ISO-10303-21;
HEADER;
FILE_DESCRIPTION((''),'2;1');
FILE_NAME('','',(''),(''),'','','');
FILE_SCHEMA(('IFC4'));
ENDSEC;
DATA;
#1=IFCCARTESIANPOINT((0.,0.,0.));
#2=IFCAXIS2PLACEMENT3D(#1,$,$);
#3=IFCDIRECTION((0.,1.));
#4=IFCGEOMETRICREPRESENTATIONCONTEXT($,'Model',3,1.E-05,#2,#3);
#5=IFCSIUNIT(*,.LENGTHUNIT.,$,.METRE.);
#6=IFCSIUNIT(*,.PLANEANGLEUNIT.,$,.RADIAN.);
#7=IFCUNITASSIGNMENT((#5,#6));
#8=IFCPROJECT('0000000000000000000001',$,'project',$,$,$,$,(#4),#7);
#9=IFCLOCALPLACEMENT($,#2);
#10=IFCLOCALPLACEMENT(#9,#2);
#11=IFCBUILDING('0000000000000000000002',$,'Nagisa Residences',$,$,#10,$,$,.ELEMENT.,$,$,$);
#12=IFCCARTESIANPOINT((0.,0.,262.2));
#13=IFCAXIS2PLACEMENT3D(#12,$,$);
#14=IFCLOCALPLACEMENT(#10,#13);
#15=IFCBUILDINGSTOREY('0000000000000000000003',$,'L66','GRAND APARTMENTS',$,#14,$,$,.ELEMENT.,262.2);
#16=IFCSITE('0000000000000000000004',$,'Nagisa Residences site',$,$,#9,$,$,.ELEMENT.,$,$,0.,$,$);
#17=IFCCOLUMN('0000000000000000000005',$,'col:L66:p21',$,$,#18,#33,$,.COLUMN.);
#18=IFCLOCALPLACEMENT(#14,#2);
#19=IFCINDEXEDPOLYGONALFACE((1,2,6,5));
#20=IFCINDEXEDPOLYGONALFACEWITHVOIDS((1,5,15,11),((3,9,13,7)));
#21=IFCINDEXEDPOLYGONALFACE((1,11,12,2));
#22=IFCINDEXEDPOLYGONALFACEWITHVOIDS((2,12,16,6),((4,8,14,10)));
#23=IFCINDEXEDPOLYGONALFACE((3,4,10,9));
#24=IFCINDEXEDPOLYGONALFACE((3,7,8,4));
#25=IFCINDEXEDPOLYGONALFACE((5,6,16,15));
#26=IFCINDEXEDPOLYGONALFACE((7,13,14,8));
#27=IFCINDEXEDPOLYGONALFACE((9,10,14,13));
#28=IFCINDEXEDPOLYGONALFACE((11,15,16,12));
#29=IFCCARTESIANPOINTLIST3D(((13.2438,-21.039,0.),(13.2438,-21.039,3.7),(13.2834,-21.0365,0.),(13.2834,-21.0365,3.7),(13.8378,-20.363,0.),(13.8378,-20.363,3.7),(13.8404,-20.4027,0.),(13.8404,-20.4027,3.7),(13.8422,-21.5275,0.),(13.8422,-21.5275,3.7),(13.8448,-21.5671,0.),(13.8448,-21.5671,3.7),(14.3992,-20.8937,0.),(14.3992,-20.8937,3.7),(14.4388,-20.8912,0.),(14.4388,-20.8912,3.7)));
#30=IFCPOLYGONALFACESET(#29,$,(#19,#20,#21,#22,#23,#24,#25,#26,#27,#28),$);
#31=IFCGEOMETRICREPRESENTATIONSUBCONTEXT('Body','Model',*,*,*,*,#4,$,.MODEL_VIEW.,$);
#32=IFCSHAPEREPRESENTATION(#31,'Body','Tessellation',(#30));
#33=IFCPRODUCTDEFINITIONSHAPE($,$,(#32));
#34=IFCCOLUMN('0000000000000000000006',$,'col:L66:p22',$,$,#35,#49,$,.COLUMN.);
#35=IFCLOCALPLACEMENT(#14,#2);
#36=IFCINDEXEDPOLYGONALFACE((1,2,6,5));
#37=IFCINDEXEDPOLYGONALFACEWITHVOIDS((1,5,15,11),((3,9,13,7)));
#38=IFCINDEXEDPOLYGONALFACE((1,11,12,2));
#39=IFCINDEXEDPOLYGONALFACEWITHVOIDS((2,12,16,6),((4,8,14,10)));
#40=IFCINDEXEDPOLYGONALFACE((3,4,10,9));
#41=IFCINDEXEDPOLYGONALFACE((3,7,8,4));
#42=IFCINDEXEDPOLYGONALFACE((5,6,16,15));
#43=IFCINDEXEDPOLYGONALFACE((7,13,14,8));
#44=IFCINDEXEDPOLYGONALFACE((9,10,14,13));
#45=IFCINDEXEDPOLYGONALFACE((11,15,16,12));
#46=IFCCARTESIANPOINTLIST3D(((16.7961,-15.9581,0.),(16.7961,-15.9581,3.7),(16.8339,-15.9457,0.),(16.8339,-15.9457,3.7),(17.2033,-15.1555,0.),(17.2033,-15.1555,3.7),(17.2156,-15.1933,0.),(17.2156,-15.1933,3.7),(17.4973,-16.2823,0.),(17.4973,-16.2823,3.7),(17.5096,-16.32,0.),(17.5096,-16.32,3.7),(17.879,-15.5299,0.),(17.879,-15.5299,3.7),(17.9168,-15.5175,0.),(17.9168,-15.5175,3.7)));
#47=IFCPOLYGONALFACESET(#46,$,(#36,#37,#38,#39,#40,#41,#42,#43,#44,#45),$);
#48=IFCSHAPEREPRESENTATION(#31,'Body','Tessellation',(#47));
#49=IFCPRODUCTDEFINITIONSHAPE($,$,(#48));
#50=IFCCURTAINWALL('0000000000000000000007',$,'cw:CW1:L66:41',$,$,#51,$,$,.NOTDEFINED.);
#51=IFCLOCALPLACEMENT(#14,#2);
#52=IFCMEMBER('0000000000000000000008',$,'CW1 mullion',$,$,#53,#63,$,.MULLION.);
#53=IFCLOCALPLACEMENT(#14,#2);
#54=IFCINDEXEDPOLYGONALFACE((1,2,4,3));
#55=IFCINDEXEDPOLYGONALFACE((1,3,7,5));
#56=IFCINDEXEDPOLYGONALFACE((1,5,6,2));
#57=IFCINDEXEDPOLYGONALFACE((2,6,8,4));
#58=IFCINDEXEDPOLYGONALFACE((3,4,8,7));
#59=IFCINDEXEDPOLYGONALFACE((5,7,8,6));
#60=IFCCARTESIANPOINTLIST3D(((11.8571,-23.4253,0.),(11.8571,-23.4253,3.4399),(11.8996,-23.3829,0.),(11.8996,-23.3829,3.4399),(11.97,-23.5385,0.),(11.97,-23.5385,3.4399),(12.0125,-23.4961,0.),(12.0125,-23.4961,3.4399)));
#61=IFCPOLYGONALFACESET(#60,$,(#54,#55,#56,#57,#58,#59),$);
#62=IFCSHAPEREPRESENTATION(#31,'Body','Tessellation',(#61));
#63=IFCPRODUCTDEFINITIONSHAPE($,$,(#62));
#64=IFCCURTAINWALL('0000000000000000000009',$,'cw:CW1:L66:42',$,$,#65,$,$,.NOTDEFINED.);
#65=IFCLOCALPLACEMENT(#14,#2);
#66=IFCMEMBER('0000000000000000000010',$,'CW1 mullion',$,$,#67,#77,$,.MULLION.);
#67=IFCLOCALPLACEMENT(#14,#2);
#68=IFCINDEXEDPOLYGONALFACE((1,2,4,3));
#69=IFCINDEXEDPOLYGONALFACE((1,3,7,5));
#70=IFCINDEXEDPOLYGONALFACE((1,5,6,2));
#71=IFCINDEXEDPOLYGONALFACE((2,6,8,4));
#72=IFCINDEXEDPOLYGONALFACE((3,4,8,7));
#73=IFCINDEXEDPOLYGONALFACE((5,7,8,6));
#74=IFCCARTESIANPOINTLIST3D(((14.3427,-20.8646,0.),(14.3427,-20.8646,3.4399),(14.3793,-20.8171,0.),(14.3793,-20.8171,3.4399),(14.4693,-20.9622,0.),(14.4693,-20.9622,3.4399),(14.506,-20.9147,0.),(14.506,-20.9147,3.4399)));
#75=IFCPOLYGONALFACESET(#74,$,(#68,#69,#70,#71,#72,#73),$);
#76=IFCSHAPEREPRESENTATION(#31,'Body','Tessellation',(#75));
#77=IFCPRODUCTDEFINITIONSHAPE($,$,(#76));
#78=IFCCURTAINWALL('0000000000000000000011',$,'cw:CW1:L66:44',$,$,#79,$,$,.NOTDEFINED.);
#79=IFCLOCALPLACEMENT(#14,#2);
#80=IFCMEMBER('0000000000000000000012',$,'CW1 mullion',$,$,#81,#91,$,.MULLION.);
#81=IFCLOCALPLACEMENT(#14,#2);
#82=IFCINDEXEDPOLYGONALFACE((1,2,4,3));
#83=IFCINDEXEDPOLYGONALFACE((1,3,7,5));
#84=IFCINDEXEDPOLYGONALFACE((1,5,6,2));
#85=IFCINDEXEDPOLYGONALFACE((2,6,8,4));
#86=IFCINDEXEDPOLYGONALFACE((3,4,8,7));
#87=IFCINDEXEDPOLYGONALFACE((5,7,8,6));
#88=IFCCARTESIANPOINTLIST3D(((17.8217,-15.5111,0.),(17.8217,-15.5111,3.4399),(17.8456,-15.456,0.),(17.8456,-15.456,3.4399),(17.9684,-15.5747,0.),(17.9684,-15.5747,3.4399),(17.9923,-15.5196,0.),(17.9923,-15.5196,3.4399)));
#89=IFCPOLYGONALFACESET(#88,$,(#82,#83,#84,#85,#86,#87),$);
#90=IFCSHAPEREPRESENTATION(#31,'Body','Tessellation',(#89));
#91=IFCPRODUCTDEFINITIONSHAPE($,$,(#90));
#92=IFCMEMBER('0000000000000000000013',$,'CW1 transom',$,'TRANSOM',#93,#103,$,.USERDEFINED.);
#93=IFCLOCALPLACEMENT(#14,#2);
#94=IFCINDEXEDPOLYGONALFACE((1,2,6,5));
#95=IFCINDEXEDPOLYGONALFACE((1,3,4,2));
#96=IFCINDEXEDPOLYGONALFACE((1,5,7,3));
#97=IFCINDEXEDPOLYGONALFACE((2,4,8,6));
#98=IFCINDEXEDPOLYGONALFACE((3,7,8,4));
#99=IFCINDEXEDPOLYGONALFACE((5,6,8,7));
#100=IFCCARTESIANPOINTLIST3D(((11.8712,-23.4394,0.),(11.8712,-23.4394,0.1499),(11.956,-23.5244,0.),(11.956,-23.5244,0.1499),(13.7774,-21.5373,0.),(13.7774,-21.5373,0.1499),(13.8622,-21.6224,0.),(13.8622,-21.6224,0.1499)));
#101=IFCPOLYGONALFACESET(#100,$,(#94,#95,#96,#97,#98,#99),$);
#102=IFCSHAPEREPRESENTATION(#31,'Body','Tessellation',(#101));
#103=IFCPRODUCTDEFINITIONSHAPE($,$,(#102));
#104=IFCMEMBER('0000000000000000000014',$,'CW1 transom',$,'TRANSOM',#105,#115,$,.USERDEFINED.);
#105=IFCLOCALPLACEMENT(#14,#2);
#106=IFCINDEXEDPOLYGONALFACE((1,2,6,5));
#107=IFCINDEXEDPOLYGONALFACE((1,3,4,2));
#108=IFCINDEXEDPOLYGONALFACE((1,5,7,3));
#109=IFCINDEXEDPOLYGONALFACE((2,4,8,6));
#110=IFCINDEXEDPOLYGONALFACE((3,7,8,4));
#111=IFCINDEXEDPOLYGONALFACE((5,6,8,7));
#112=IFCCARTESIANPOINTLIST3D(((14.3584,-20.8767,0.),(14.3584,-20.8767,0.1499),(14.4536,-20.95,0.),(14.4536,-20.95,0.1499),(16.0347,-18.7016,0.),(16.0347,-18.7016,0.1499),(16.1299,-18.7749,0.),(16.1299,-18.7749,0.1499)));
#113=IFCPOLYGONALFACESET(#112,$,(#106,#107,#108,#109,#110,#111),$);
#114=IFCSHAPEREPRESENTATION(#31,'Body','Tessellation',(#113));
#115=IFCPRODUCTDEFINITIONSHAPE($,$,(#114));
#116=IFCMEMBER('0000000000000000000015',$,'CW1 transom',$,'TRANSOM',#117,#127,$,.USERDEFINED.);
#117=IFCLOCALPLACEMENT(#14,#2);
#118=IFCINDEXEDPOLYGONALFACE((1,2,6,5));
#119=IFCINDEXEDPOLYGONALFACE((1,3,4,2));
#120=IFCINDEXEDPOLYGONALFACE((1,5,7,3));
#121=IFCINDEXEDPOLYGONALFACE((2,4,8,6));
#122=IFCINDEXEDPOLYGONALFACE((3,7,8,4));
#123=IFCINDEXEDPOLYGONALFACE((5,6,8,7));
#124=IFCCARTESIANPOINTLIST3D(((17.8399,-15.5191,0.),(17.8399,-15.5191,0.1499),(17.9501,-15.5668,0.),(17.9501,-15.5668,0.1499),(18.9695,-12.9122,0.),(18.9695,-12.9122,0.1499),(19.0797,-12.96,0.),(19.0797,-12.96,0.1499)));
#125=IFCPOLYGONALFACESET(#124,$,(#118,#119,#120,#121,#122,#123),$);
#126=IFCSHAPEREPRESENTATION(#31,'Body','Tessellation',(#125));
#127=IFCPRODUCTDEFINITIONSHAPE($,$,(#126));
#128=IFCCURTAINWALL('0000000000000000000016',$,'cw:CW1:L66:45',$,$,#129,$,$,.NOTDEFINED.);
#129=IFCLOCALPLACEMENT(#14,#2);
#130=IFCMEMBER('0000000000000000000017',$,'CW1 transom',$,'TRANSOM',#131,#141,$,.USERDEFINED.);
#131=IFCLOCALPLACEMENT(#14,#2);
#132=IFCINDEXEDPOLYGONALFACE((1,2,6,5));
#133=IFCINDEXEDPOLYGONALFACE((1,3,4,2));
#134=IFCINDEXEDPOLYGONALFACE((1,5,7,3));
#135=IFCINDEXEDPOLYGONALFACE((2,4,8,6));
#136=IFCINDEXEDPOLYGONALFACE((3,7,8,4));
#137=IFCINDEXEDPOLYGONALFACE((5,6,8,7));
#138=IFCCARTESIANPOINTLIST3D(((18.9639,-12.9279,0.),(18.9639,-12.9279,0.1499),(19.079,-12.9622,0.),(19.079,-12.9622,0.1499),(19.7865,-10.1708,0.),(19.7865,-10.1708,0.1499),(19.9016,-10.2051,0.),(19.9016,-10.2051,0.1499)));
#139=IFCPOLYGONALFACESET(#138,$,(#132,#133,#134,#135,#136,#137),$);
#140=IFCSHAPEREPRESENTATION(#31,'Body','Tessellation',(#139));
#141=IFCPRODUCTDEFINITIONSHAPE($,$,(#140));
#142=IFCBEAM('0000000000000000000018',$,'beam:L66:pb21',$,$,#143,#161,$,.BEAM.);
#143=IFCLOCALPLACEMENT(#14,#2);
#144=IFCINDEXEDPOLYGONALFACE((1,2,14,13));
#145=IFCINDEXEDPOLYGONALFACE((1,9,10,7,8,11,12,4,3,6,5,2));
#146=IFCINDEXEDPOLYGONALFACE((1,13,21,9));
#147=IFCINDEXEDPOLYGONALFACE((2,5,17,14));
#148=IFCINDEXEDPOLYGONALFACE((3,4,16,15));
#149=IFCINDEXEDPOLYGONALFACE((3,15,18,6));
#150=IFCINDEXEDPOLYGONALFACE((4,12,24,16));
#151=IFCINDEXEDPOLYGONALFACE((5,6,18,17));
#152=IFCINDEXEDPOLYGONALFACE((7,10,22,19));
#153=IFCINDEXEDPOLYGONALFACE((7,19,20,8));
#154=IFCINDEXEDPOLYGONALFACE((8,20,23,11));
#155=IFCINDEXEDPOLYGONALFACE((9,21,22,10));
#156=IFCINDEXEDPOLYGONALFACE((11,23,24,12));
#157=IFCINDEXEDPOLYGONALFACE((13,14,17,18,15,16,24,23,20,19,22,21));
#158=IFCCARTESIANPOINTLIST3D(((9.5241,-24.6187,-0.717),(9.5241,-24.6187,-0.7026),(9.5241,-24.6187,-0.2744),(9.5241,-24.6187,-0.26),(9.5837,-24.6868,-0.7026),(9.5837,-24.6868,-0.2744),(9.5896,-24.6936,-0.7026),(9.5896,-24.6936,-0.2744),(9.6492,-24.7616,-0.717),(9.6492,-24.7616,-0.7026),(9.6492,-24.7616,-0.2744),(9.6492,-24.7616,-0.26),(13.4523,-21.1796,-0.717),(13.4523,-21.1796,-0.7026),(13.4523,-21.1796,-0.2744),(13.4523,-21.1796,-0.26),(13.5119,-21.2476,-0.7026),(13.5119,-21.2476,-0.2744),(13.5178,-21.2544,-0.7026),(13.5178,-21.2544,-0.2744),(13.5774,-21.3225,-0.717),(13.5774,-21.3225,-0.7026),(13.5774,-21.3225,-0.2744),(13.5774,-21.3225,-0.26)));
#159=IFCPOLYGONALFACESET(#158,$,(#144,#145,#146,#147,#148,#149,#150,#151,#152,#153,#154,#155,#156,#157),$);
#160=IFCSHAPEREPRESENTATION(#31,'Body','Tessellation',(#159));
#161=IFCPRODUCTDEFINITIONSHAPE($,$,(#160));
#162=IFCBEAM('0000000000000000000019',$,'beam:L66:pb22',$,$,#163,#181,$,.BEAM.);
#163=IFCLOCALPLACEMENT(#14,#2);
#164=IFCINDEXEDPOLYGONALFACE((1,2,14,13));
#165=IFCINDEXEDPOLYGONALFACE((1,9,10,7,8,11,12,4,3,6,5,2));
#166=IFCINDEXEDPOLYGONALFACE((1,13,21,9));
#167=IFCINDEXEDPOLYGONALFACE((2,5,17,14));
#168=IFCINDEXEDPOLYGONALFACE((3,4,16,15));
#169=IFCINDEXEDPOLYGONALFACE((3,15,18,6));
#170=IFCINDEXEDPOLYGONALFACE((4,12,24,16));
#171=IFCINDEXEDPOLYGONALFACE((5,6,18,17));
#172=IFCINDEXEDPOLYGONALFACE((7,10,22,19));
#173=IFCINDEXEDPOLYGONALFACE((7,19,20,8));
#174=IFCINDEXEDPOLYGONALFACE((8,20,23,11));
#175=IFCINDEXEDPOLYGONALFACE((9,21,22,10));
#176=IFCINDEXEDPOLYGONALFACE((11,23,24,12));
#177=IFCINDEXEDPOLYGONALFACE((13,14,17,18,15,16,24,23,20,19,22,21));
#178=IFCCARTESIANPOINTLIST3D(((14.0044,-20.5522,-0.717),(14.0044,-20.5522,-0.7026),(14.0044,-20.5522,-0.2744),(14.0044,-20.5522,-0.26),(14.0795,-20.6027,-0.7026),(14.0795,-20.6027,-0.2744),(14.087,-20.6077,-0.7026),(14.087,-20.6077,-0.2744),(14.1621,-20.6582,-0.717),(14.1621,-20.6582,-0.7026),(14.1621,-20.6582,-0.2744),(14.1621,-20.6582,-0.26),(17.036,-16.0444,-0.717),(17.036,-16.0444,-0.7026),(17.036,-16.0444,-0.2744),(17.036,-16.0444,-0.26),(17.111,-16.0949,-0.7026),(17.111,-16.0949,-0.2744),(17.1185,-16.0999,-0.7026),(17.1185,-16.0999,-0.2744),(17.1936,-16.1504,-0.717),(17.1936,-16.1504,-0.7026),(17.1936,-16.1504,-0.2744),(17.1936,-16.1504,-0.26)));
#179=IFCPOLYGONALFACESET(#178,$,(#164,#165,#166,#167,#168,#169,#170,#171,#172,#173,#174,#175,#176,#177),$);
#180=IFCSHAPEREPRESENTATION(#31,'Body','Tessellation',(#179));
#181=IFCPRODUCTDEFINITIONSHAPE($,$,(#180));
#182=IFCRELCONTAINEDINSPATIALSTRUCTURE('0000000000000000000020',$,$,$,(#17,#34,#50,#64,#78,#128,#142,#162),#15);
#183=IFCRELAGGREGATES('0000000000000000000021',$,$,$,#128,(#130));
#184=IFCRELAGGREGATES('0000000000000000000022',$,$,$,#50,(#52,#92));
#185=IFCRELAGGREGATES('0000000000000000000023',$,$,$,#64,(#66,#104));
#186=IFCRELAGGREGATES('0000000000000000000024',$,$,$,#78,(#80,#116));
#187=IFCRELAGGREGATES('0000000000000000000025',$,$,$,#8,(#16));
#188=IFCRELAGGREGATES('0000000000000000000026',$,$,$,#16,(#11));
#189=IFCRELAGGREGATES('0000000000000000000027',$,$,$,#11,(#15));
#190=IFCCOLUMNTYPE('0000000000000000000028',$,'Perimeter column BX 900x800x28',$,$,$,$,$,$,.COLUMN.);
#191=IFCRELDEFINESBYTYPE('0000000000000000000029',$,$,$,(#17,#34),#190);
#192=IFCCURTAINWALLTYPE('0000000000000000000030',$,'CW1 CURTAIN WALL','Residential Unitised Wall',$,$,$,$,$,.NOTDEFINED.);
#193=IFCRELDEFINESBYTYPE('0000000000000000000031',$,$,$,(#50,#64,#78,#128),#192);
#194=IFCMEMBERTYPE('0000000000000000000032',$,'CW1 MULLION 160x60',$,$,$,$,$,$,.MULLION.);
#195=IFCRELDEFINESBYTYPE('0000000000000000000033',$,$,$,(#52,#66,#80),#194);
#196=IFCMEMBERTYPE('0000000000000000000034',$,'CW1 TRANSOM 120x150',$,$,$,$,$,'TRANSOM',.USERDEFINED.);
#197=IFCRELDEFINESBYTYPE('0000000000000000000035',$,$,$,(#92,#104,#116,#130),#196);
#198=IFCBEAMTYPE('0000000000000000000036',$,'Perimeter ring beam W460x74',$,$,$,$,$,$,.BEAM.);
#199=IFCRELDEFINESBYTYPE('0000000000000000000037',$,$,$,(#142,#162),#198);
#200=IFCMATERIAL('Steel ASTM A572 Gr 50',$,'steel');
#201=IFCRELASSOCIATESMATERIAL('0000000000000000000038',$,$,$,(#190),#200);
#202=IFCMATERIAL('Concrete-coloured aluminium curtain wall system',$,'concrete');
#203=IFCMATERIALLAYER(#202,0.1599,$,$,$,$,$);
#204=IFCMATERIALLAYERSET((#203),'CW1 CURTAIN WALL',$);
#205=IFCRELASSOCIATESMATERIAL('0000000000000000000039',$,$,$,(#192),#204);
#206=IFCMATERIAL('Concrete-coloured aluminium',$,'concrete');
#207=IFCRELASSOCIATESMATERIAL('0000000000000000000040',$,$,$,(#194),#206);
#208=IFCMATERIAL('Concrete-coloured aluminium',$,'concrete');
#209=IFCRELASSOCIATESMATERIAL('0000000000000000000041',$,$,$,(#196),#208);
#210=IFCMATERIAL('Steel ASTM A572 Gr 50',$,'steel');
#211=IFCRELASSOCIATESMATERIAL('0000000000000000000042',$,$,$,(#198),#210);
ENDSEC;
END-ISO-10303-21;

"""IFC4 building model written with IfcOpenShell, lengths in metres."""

from ifc_helpers import new_model, si_unit, direction, frame, origin, origin_2d, place, context, subcontext, project, spatial, rectangle, hollow_rectangle, i_section, extrude, material, layer, layer_set, material_profile, profile_set, type_object, element, aggregate, save


model = new_model("IFC4")

# Units and contexts
model_context = context("Model", 3, precision=1e-05, world=origin(), true_north=direction((0.0, 1.0)))
body_context = subcontext(model_context, "Body", "Model", "MODEL_VIEW")
ifc_project = project(units=[si_unit("LENGTHUNIT", "METRE"), si_unit("PLANEANGLEUNIT", "RADIAN")], contexts=[model_context])

# Site, building, storey
site_placement = place(None, origin())
site = spatial("IfcSite", under=ifc_project, at=site_placement, Name="Nagisa Residences site", CompositionType="ELEMENT", RefElevation=0.0)
building_placement = place(site_placement, origin())
building = spatial("IfcBuilding", under=site, at=building_placement, Name="Nagisa Residences", CompositionType="ELEMENT")
storey_placement = place(building_placement, frame((0.0, 0.0, 262.2)))
storey = spatial("IfcBuildingStorey", under=building, at=storey_placement, Name="L66", Description="GRAND APARTMENTS", CompositionType="ELEMENT", Elevation=262.2)

# Columns
ifc_material_1 = material(Name="Steel ASTM A572 Gr 50", Category="steel")
ifc_material_profile_1 = material_profile(ifc_material_1, hollow_rectangle(XDim=0.8999, YDim=0.8, WallThickness=0.0281, at=origin_2d()), Name="BX 900x800x28")
ifc_profile_set_1 = profile_set([ifc_material_profile_1], Name="Steel ASTM A572 Gr 50")
column_type = type_object("IfcColumnType", Name="Perimeter column BX 900x800x28", PredefinedType="COLUMN", material=ifc_profile_set_1)
for number, where, z_axis, x_axis, name in (
    (1, (13.8413, -20.9651, 0.0), (0.0, 0.0, 1.0), (0.660115, 0.751165, 0.0), "col:L66:p21"),
    (2, (17.3564, -15.7378, 0.0), (0.0, 0.0, 1.0), (0.452463, 0.891783, 0.0), "col:L66:p22"),
):
    element("IfcColumn", number, at=place(storey_placement, frame(where, z_axis=z_axis, x_axis=x_axis)), inside=storey, type_object=column_type, Name=name, PredefinedType="COLUMN", context=body_context, shape_type="SweptSolid", body=[
        extrude(hollow_rectangle(XDim=0.8999, YDim=0.8, WallThickness=0.0281, at=origin_2d()), origin(), (0.0, 0.0, 1.0), 3.7),
    ])

# Curtain walls, members
ifc_material_2 = material(Name="Concrete-coloured aluminium curtain wall system", Category="concrete")
ifc_layer_1 = layer(ifc_material_2, 0.1599)
ifc_layer_set_1 = layer_set([ifc_layer_1], Name="CW1 CURTAIN WALL")
curtain_wall_type = type_object("IfcCurtainWallType", Name="CW1 CURTAIN WALL", Description="Residential Unitised Wall", PredefinedType="NOTDEFINED", material=ifc_layer_set_1)
curtain_wall_1_placement = place(storey_placement, origin())
curtain_wall_1 = element("IfcCurtainWall", 3, at=curtain_wall_1_placement, inside=storey, type_object=curtain_wall_type, Name="cw:CW1:L66:41", PredefinedType="NOTDEFINED")
ifc_material_3 = material(Name="Concrete-coloured aluminium", Category="concrete")
ifc_material_profile_2 = material_profile(ifc_material_3, rectangle(XDim=0.1599, YDim=0.0601, at=origin_2d()), Name="CW1 MULLION 160x60")
ifc_profile_set_2 = profile_set([ifc_material_profile_2], Name="Concrete-coloured aluminium")
member_type_1 = type_object("IfcMemberType", Name="CW1 MULLION 160x60", PredefinedType="MULLION", material=ifc_profile_set_2)
member_1_placement = place(storey_placement, frame((11.9348, -23.4607, 0.0), z_axis=(0.0, 0.0, 1.0), x_axis=(-0.706377, 0.707836, 0.0)))
member_1 = element("IfcMember", 4, at=member_1_placement, type_object=member_type_1, Name="CW1 mullion", PredefinedType="MULLION", context=body_context, shape_type="SweptSolid", body=[
    extrude(rectangle(XDim=0.1599, YDim=0.0601, at=origin_2d()), origin(), (0.0, 0.0, 1.0), 3.4399),
])
curtain_wall_2_placement = place(storey_placement, origin())
curtain_wall_2 = element("IfcCurtainWall", 5, at=curtain_wall_2_placement, inside=storey, type_object=curtain_wall_type, Name="cw:CW1:L66:42", PredefinedType="NOTDEFINED")
member_2_placement = place(storey_placement, frame((14.4243, -20.8896, 0.0), z_axis=(0.0, 0.0, 1.0), x_axis=(-0.79207, 0.61043, 0.0)))
member_2 = element("IfcMember", 6, at=member_2_placement, type_object=member_type_1, Name="CW1 mullion", PredefinedType="MULLION", context=body_context, shape_type="SweptSolid", body=[
    extrude(rectangle(XDim=0.1599, YDim=0.0601, at=origin_2d()), origin(), (0.0, 0.0, 1.0), 3.4399),
])
curtain_wall_3_placement = place(storey_placement, origin())
curtain_wall_3 = element("IfcCurtainWall", 7, at=curtain_wall_3_placement, inside=storey, type_object=curtain_wall_type, Name="cw:CW1:L66:44", PredefinedType="NOTDEFINED")
member_3_placement = place(storey_placement, frame((17.907, -15.5154, 0.0), z_axis=(0.0, 0.0, 1.0), x_axis=(-0.917543, 0.397636, 0.0)))
member_3 = element("IfcMember", 8, at=member_3_placement, type_object=member_type_1, Name="CW1 mullion", PredefinedType="MULLION", context=body_context, shape_type="SweptSolid", body=[
    extrude(rectangle(XDim=0.1599, YDim=0.0601, at=origin_2d()), origin(), (0.0, 0.0, 1.0), 3.4399),
])

# Members
ifc_material_4 = material(Name="Concrete-coloured aluminium", Category="concrete")
ifc_material_profile_3 = material_profile(ifc_material_4, rectangle(XDim=0.1201, YDim=0.1499, at=origin_2d()), Name="CW1 TRANSOM 120x150")
ifc_profile_set_3 = profile_set([ifc_material_profile_3], Name="Concrete-coloured aluminium")
member_type_2 = type_object("IfcMemberType", Name="CW1 TRANSOM 120x150", ElementType="TRANSOM", PredefinedType="USERDEFINED", material=ifc_profile_set_3)
member_4_placement = place(storey_placement, frame((11.9136, -23.4819, 0.075), z_axis=(0.707877, 0.706336, 0.0), x_axis=(-0.706336, 0.707877, 0.0)))
member_4 = element("IfcMember", 9, at=member_4_placement, type_object=member_type_2, Name="CW1 transom", ObjectType="TRANSOM", PredefinedType="USERDEFINED", context=body_context, shape_type="SweptSolid", body=[
    extrude(rectangle(XDim=0.1201, YDim=0.1499, at=origin_2d()), origin(), (0.0, 0.0, 1.0), 2.6929),
])
member_5_placement = place(storey_placement, frame((14.406, -20.9133, 0.075), z_axis=(0.610432, 0.792068, 0.0), x_axis=(-0.792068, 0.610432, 0.0)))
member_5 = element("IfcMember", 10, at=member_5_placement, type_object=member_type_2, Name="CW1 transom", ObjectType="TRANSOM", PredefinedType="USERDEFINED", context=body_context, shape_type="SweptSolid", body=[
    extrude(rectangle(XDim=0.1201, YDim=0.1499, at=origin_2d()), origin(), (0.0, 0.0, 1.0), 2.7461),
])
member_6_placement = place(storey_placement, frame((17.895, -15.543, 0.075), z_axis=(0.397598, 0.91756, 0.0), x_axis=(-0.91756, 0.397598, 0.0)))
member_6 = element("IfcMember", 11, at=member_6_placement, type_object=member_type_2, Name="CW1 transom", ObjectType="TRANSOM", PredefinedType="USERDEFINED", context=body_context, shape_type="SweptSolid", body=[
    extrude(rectangle(XDim=0.1201, YDim=0.1499, at=origin_2d()), origin(), (0.0, 0.0, 1.0), 2.8411),
])

# Curtain wall, member
curtain_wall_4_placement = place(storey_placement, origin())
curtain_wall_4 = element("IfcCurtainWall", 12, at=curtain_wall_4_placement, inside=storey, type_object=curtain_wall_type, Name="cw:CW1:L66:45", PredefinedType="NOTDEFINED")
member_7_placement = place(storey_placement, frame((19.0215, -12.9451, 0.075), z_axis=(0.285876, 0.958267, 0.0), x_axis=(-0.958267, 0.285876, 0.0)))
member_7 = element("IfcMember", 13, at=member_7_placement, type_object=member_type_2, Name="CW1 transom", ObjectType="TRANSOM", PredefinedType="USERDEFINED", context=body_context, shape_type="SweptSolid", body=[
    extrude(rectangle(XDim=0.1201, YDim=0.1499, at=origin_2d()), origin(), (0.0, 0.0, 1.0), 2.8772),
])
aggregate(curtain_wall_4, [member_7])

# Beams
ifc_material_5 = material(Name="Steel ASTM A572 Gr 50", Category="steel")
ifc_material_profile_4 = material_profile(ifc_material_5, i_section(OverallWidth=0.1899, OverallDepth=0.457, WebThickness=0.009, FlangeThickness=0.0144, at=origin_2d()), Name="W460x74")
ifc_profile_set_4 = profile_set([ifc_material_profile_4], Name="Steel ASTM A572 Gr 50")
beam_type_1 = type_object("IfcBeamType", Name="Perimeter ring beam W460x74", PredefinedType="BEAM", material=ifc_profile_set_4)
beam_1_placement = place(storey_placement, frame((9.5867, -24.6902, -0.4885), z_axis=(0.752385, 0.658723, 0.0), x_axis=(-0.658723, 0.752385, 0.0)))
element("IfcBeam", 14, at=beam_1_placement, inside=storey, type_object=beam_type_1, Name="beam:L66:pb21", PredefinedType="BEAM", context=body_context, shape_type="SweptSolid", body=[
    extrude(i_section(OverallWidth=0.1899, OverallDepth=0.457, WebThickness=0.009, FlangeThickness=0.0144, at=origin_2d()), origin(), (0.0, 0.0, 1.0), 5.2209),
])
beam_2_placement = place(storey_placement, frame((14.0833, -20.6052, -0.4885), z_axis=(0.558046, 0.82981, 0.0), x_axis=(-0.82981, 0.558046, 0.0)))
element("IfcBeam", 15, at=beam_2_placement, inside=storey, type_object=beam_type_1, Name="beam:L66:pb22", PredefinedType="BEAM", context=body_context, shape_type="SweptSolid", body=[
    extrude(i_section(OverallWidth=0.1899, OverallDepth=0.457, WebThickness=0.009, FlangeThickness=0.0144, at=origin_2d()), origin(), (0.0, 0.0, 1.0), 5.4324),
])

aggregate(curtain_wall_1, [member_1, member_4])
aggregate(curtain_wall_2, [member_2, member_5])
aggregate(curtain_wall_3, [member_3, member_6])

save(model, "model.ifc")
